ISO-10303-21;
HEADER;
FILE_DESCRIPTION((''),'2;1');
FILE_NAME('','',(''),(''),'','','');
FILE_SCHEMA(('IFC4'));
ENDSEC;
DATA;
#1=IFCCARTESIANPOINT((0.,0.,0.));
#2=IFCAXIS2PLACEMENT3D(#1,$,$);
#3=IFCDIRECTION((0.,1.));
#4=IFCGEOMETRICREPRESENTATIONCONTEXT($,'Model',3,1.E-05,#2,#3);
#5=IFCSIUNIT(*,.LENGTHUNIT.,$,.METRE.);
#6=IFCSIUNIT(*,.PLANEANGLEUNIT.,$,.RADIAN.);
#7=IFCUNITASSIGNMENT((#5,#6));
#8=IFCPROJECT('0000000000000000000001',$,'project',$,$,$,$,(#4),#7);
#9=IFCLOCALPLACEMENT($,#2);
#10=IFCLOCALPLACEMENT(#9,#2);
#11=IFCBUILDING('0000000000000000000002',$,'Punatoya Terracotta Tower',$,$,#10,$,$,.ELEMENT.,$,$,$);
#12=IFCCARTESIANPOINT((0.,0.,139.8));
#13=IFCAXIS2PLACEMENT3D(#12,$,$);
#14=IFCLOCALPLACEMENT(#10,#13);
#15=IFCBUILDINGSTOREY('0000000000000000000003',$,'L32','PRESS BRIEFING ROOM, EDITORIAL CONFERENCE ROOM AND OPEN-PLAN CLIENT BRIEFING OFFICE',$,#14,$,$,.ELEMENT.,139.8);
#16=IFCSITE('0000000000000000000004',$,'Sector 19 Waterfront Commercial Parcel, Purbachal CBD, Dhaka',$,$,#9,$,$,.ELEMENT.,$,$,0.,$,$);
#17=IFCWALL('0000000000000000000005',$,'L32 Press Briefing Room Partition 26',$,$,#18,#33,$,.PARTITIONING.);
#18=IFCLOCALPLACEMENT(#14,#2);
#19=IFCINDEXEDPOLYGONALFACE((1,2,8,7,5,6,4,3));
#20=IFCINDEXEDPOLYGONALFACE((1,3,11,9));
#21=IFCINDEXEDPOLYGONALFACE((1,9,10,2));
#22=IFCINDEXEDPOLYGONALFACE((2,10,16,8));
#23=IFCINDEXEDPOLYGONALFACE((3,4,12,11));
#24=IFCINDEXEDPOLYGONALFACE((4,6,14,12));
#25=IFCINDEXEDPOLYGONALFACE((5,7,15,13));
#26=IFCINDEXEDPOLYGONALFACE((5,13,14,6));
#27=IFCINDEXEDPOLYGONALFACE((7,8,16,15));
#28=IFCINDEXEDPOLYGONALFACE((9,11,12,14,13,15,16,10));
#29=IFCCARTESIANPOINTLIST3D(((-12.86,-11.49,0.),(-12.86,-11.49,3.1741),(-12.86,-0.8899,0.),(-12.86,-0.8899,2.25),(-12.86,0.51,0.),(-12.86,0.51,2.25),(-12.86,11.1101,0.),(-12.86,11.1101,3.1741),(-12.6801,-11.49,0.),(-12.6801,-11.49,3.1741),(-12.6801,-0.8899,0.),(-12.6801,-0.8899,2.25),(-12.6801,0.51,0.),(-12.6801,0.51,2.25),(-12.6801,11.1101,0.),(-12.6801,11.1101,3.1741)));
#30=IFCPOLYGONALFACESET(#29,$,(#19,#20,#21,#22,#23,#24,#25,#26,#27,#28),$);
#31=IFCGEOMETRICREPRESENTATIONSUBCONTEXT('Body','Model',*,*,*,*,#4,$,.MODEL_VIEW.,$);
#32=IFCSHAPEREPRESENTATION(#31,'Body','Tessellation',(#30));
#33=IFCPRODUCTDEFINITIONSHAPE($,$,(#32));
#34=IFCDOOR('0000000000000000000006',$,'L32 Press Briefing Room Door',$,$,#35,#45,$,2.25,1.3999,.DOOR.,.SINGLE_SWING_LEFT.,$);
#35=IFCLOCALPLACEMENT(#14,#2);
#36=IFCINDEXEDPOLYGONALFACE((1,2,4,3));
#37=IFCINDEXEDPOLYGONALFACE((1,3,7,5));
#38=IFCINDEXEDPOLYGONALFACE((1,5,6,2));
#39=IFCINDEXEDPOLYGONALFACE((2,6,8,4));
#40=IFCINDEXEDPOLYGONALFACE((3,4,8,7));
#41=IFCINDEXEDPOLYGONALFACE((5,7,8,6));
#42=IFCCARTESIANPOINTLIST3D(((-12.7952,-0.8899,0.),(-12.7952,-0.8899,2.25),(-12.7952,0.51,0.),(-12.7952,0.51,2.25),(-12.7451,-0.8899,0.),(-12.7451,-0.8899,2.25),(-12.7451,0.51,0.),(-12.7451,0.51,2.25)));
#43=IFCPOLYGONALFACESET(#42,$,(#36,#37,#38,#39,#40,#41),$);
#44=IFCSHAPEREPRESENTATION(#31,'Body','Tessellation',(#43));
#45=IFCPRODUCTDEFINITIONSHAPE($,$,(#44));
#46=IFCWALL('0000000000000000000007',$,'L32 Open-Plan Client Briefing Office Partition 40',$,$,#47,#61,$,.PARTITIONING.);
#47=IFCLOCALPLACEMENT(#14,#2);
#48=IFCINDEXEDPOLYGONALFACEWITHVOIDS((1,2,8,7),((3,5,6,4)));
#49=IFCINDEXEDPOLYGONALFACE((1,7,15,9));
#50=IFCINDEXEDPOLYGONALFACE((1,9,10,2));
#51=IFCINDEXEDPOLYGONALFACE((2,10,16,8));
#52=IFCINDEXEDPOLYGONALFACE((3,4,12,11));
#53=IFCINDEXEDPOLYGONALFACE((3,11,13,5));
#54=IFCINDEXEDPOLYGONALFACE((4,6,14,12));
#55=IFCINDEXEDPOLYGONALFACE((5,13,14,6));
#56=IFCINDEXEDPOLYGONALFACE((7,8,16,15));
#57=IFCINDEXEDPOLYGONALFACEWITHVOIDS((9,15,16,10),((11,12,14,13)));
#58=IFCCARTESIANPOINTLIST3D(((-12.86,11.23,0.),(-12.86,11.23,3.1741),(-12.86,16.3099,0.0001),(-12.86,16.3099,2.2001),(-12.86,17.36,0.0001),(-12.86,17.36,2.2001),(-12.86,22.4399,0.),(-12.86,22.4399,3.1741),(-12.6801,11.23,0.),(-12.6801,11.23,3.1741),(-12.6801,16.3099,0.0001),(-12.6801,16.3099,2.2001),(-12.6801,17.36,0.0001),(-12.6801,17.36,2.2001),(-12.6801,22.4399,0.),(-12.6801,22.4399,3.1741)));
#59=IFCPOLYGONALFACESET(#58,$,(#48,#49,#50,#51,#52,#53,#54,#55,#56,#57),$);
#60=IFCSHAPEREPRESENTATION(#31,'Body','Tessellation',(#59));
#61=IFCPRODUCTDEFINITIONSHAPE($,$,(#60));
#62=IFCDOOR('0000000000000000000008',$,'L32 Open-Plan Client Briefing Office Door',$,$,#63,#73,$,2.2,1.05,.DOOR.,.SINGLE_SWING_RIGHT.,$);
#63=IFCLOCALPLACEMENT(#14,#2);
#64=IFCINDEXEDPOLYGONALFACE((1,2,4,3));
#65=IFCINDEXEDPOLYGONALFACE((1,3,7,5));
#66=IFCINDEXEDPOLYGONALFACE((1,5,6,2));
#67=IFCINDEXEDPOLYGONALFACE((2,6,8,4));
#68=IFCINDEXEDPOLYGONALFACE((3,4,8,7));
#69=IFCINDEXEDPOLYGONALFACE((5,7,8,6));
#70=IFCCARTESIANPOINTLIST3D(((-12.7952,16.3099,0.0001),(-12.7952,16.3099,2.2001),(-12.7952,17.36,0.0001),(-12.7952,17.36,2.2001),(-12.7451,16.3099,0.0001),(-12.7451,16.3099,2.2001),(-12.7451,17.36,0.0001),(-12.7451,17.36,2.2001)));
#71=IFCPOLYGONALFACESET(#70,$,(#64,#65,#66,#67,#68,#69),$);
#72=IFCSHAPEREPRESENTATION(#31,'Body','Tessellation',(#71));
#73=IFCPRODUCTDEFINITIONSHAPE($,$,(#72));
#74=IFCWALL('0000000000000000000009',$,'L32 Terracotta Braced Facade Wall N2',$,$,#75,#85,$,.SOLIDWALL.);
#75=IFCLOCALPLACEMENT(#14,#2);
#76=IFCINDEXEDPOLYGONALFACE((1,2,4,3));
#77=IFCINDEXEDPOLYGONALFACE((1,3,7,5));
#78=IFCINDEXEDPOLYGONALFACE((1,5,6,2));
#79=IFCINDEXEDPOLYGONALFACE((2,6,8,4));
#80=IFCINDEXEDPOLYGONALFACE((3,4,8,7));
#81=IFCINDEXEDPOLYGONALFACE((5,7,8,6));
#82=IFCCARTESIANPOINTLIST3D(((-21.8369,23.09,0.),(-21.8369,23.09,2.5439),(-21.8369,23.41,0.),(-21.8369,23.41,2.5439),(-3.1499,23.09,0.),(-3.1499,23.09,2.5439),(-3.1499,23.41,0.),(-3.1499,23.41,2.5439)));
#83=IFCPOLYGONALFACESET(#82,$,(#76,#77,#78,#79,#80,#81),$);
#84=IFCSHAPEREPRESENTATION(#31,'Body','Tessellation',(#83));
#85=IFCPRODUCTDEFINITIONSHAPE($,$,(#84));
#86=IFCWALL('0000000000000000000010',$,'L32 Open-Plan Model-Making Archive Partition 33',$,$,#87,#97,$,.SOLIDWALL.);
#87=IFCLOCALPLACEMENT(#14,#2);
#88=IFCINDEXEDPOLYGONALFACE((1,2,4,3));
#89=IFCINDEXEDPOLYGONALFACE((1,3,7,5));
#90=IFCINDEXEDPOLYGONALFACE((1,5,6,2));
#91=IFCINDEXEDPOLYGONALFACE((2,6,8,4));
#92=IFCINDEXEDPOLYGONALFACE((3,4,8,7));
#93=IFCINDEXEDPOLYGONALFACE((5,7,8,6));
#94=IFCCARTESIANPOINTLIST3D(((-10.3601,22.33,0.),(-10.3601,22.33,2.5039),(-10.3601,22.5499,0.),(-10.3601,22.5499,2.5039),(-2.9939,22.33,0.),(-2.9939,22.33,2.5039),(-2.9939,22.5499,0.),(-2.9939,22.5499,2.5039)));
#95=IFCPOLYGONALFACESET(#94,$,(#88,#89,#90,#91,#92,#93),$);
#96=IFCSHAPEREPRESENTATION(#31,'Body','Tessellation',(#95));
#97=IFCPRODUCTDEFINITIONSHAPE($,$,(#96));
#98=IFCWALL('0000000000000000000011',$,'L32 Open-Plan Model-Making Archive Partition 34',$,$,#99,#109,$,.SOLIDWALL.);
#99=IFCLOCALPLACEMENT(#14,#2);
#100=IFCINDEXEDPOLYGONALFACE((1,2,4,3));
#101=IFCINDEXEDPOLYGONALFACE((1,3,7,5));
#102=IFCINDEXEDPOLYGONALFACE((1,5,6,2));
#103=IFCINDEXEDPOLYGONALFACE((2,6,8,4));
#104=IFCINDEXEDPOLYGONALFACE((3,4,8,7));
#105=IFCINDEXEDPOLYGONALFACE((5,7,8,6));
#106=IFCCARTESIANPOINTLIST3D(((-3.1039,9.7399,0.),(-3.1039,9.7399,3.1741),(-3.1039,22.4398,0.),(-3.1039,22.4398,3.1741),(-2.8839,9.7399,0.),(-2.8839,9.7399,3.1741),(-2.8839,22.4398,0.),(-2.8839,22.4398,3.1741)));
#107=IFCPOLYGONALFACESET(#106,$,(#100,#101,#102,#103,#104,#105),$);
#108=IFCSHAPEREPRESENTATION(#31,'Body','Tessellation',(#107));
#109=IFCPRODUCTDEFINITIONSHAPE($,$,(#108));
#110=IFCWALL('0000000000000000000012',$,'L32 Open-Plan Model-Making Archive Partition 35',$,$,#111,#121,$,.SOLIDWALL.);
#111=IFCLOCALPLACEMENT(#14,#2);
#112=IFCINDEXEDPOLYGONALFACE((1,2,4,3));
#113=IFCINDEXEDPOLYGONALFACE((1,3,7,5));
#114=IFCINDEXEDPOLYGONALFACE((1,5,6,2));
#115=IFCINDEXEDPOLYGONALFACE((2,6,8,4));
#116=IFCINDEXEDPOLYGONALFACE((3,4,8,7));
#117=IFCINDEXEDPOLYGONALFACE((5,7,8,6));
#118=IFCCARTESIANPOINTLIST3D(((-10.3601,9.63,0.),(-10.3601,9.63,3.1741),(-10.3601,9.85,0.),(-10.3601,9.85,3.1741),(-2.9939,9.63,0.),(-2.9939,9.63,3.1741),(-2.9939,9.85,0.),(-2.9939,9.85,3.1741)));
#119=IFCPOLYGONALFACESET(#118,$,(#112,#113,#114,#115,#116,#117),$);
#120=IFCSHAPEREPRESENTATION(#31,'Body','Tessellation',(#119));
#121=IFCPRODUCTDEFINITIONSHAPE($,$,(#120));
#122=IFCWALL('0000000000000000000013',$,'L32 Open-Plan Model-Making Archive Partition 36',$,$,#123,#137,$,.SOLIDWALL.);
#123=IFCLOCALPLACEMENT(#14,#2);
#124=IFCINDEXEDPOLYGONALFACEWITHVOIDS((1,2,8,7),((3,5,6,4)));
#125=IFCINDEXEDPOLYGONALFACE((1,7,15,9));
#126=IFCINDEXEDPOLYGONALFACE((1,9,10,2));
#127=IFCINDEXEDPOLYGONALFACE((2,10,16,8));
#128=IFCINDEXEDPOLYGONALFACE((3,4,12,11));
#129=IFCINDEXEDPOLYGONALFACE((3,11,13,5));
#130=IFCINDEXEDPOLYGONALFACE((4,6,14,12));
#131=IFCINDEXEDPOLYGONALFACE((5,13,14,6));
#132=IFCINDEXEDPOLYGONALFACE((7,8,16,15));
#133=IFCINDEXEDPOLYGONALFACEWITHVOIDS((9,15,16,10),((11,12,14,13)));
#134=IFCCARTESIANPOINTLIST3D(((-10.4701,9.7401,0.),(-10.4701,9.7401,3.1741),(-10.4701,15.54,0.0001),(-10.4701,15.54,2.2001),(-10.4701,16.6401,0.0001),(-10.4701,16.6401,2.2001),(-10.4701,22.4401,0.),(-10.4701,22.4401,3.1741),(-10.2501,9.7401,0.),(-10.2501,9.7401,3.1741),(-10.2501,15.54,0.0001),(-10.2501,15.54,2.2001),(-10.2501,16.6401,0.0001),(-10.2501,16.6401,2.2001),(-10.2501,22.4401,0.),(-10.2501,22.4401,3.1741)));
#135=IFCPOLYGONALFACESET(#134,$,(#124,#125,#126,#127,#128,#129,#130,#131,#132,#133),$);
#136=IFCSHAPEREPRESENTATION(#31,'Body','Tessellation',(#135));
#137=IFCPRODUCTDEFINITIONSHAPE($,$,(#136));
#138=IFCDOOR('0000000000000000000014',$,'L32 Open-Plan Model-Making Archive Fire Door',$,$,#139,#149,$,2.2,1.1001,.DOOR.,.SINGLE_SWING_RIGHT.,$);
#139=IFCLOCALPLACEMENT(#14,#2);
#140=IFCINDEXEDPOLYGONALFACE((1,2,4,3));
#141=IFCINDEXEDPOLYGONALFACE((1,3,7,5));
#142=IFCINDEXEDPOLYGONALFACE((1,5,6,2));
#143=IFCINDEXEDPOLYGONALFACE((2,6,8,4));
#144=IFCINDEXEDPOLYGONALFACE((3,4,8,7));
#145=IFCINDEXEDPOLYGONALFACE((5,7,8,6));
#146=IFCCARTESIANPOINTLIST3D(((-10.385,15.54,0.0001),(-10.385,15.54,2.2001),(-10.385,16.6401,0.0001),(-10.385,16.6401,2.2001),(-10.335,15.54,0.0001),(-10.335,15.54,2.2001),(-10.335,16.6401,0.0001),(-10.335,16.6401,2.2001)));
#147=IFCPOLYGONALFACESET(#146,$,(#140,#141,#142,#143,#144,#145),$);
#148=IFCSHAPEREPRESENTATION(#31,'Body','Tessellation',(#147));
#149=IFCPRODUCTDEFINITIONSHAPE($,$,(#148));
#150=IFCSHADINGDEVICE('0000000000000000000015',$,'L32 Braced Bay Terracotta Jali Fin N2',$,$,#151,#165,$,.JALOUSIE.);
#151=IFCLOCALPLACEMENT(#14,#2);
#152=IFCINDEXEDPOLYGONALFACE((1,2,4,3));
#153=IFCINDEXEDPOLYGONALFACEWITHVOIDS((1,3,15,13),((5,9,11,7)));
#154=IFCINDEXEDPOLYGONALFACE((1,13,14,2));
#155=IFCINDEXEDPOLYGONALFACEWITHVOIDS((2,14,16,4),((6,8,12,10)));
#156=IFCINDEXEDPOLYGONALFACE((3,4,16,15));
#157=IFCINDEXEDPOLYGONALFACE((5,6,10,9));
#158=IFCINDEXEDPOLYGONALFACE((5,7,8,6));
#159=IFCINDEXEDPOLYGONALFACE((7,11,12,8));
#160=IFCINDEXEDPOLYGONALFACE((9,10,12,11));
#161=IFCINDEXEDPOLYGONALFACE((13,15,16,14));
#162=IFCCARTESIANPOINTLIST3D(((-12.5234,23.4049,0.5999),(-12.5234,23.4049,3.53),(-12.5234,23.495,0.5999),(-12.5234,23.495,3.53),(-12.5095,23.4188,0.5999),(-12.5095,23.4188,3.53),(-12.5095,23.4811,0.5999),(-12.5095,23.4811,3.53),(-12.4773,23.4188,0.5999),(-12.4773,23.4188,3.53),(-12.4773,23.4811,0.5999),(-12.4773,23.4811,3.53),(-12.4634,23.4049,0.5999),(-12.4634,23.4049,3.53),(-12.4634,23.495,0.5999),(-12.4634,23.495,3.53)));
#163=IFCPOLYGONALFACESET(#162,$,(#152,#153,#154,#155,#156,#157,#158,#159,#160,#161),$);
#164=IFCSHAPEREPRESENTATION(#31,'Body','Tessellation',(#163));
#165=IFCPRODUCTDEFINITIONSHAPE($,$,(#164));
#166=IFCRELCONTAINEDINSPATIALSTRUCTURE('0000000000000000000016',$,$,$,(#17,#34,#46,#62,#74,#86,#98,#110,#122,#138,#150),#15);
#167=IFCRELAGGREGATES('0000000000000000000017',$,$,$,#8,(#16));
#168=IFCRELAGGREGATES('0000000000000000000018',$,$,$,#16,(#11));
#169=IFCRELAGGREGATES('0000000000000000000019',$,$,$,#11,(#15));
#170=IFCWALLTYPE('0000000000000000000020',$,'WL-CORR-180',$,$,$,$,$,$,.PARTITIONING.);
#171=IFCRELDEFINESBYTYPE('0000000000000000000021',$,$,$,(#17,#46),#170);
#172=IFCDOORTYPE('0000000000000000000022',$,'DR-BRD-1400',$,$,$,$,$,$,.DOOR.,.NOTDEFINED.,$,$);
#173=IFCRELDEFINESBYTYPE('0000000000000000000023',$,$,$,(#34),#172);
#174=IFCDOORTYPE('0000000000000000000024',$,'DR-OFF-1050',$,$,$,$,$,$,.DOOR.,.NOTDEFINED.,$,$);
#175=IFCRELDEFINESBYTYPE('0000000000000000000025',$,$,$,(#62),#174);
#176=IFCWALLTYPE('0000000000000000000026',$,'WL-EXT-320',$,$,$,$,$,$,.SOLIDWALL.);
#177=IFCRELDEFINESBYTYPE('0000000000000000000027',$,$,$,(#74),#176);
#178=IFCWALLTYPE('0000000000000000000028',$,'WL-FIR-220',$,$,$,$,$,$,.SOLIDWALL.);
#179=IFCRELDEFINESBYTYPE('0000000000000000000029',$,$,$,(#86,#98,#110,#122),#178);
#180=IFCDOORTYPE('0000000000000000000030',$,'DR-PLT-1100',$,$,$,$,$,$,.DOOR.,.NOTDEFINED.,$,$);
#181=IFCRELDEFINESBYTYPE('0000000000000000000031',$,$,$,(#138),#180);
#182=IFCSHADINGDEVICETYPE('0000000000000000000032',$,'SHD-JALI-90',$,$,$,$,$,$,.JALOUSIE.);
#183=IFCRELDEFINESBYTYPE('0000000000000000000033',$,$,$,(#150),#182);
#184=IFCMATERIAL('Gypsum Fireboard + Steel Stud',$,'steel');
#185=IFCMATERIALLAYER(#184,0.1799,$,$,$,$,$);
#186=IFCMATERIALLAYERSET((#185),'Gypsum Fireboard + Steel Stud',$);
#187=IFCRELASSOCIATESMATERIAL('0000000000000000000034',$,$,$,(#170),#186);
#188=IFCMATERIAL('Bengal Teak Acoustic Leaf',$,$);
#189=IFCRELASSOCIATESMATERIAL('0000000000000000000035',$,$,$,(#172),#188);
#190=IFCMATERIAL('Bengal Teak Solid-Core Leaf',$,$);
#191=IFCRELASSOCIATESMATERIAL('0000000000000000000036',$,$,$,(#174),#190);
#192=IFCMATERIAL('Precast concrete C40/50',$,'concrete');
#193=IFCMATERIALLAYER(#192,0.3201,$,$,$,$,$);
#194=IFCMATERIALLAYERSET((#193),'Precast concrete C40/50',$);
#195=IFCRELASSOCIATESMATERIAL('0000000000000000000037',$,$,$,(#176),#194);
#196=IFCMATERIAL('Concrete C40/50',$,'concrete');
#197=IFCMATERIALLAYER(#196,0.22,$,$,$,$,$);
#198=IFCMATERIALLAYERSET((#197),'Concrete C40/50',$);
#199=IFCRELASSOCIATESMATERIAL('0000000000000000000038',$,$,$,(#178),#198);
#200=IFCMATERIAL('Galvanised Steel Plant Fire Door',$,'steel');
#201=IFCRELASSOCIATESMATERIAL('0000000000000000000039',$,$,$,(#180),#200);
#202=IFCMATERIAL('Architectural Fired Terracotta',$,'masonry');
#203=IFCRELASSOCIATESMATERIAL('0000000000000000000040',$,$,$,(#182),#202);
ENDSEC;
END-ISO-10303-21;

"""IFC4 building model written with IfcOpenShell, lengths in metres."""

from ifc_helpers import new_model, si_unit, direction, frame, frame_2d, origin, origin_2d, place, context, subcontext, project, spatial, rectangle, hollow_rectangle, extrude, material, layer, layer_set, material_profile, profile_set, type_object, element, fill, save


model = new_model("IFC4")

# Units and contexts
model_context = context("Model", 3, precision=1e-05, world=origin(), true_north=direction((0.0, 1.0)))
body_context = subcontext(model_context, "Body", "Model", "MODEL_VIEW")
ifc_project = project(units=[si_unit("LENGTHUNIT", "METRE"), si_unit("PLANEANGLEUNIT", "RADIAN")], contexts=[model_context])

# Site, building, storey
site_placement = place(None, origin())
site = spatial("IfcSite", under=ifc_project, at=site_placement, Name="Sector 19 Waterfront Commercial Parcel, Purbachal CBD, Dhaka", CompositionType="ELEMENT", RefElevation=0.0)
building_placement = place(site_placement, origin())
building = spatial("IfcBuilding", under=site, at=building_placement, Name="Punatoya Terracotta Tower", CompositionType="ELEMENT")
storey_placement = place(building_placement, frame((0.0, 0.0, 139.8)))
storey = spatial("IfcBuildingStorey", under=building, at=storey_placement, Name="L32", Description="PRESS BRIEFING ROOM, EDITORIAL CONFERENCE ROOM AND OPEN-PLAN CLIENT BRIEFING OFFICE", CompositionType="ELEMENT", Elevation=139.8)

# Walls, openings, doors
ifc_material_1 = material(Name="Gypsum Fireboard + Steel Stud", Category="steel")
ifc_layer_1 = layer(ifc_material_1, 0.1799)
ifc_layer_set_1 = layer_set([ifc_layer_1], Name="Gypsum Fireboard + Steel Stud")
wall_type_1 = type_object("IfcWallType", Name="WL-CORR-180", PredefinedType="PARTITIONING", material=ifc_layer_set_1)
wall_1_placement = place(storey_placement, frame((-12.77, 11.1101, 0.0), z_axis=(0.0, 0.0, 1.0), x_axis=(0.0, -1.0, 0.0)))
wall_1 = element("IfcWall", 1, at=wall_1_placement, inside=storey, type_object=wall_type_1, Name="L32 Press Briefing Room Partition 26", PredefinedType="PARTITIONING", context=body_context, shape_type="SweptSolid", body=[
    extrude(rectangle(XDim=22.6001, YDim=0.1799, at=frame_2d((11.3, 0.0))), origin(), (0.0, 0.0, 1.0), 3.1741),
])
opening_1_placement = place(wall_1_placement, frame((10.6001, 0.0, 0.0)))
opening_1 = element("IfcOpeningElement", 2, at=opening_1_placement, cuts=wall_1, PredefinedType="OPENING", context=body_context, shape_type="SweptSolid", body=[
    extrude(rectangle(XDim=1.3999, YDim=2.25, at=frame_2d((0.7, 1.125))), frame((0.0, 0.0999, 0.0), z_axis=(0.0, -1.0, 0.0), x_axis=(1.0, 0.0, 0.0)), (0.0, 0.0, 1.0), 0.2),
])
ifc_material_2 = material(Name="Bengal Teak Acoustic Leaf")
door_type_1 = type_object("IfcDoorType", Name="DR-BRD-1400", OperationType="NOTDEFINED", PredefinedType="DOOR", material=ifc_material_2)
door_1_placement = place(opening_1_placement, origin())
door_1 = element("IfcDoor", 3, at=door_1_placement, inside=storey, type_object=door_type_1, Name="L32 Press Briefing Room Door", OperationType="SINGLE_SWING_LEFT", OverallHeight=2.25, OverallWidth=1.3999, PredefinedType="DOOR", context=body_context, shape_type="SweptSolid", body=[
    extrude(rectangle(XDim=1.3999, YDim=2.25, at=frame_2d((0.7, 1.125))), frame((0.0, 0.0249, 0.0), z_axis=(0.0, -1.0, 0.0), x_axis=(1.0, 0.0, 0.0)), (0.0, 0.0, 1.0), 0.05),
])
fill(opening_1, door_1)
wall_2_placement = place(storey_placement, frame((-12.77, 22.4399, 0.0), z_axis=(0.0, 0.0, 1.0), x_axis=(0.0, -1.0, 0.0)))
wall_2 = element("IfcWall", 4, at=wall_2_placement, inside=storey, type_object=wall_type_1, Name="L32 Open-Plan Client Briefing Office Partition 40", PredefinedType="PARTITIONING", context=body_context, shape_type="SweptSolid", body=[
    extrude(rectangle(XDim=11.21, YDim=0.1799, at=frame_2d((5.605, 0.0))), origin(), (0.0, 0.0, 1.0), 3.1741),
])
opening_2_placement = place(wall_2_placement, frame((5.0801, 0.0, 0.0)))
opening_2 = element("IfcOpeningElement", 5, at=opening_2_placement, cuts=wall_2, PredefinedType="OPENING", context=body_context, shape_type="SweptSolid", body=[
    extrude(rectangle(XDim=1.05, YDim=2.2, at=frame_2d((0.5249, 1.1001))), frame((0.0, 0.0999, 0.0), z_axis=(0.0, -1.0, 0.0), x_axis=(1.0, 0.0, 0.0)), (0.0, 0.0, 1.0), 0.2),
])
ifc_material_3 = material(Name="Bengal Teak Solid-Core Leaf")
door_type_2 = type_object("IfcDoorType", Name="DR-OFF-1050", OperationType="NOTDEFINED", PredefinedType="DOOR", material=ifc_material_3)
door_2_placement = place(opening_2_placement, origin())
door_2 = element("IfcDoor", 6, at=door_2_placement, inside=storey, type_object=door_type_2, Name="L32 Open-Plan Client Briefing Office Door", OperationType="SINGLE_SWING_RIGHT", OverallHeight=2.2, OverallWidth=1.05, PredefinedType="DOOR", context=body_context, shape_type="SweptSolid", body=[
    extrude(rectangle(XDim=1.05, YDim=2.2, at=frame_2d((0.5249, 1.1001))), frame((0.0, 0.0249, 0.0), z_axis=(0.0, -1.0, 0.0), x_axis=(1.0, 0.0, 0.0)), (0.0, 0.0, 1.0), 0.05),
])
fill(opening_2, door_2)

# Walls
ifc_material_4 = material(Name="Precast concrete C40/50", Category="concrete")
ifc_layer_2 = layer(ifc_material_4, 0.3201)
ifc_layer_set_2 = layer_set([ifc_layer_2], Name="Precast concrete C40/50")
wall_type_2 = type_object("IfcWallType", Name="WL-EXT-320", PredefinedType="SOLIDWALL", material=ifc_layer_set_2)
wall_3_placement = place(storey_placement, frame((-3.1499, 23.25, 0.0), z_axis=(0.0, 0.0, 1.0), x_axis=(-1.0, 0.0, 0.0)))
element("IfcWall", 7, at=wall_3_placement, inside=storey, type_object=wall_type_2, Name="L32 Terracotta Braced Facade Wall N2", PredefinedType="SOLIDWALL", context=body_context, shape_type="SweptSolid", body=[
    extrude(rectangle(XDim=18.687, YDim=0.3201, at=frame_2d((9.3435, 0.0))), origin(), (0.0, 0.0, 1.0), 2.5439),
])
ifc_material_5 = material(Name="Concrete C40/50", Category="concrete")
ifc_layer_3 = layer(ifc_material_5, 0.22)
ifc_layer_set_3 = layer_set([ifc_layer_3], Name="Concrete C40/50")
wall_type_3 = type_object("IfcWallType", Name="WL-FIR-220", PredefinedType="SOLIDWALL", material=ifc_layer_set_3)
wall_4_placement = place(storey_placement, frame((-10.3601, 22.4399, 0.0), z_axis=(0.0, 0.0, 1.0), x_axis=(1.0, 0.0, 0.0)))
element("IfcWall", 8, at=wall_4_placement, inside=storey, type_object=wall_type_3, Name="L32 Open-Plan Model-Making Archive Partition 33", PredefinedType="SOLIDWALL", context=body_context, shape_type="SweptSolid", body=[
    extrude(rectangle(XDim=7.3662, YDim=0.22, at=frame_2d((3.6831, 0.0))), origin(), (0.0, 0.0, 1.0), 2.5039),
])
wall_5_placement = place(storey_placement, frame((-2.9939, 22.4399, 0.0), z_axis=(0.0, 0.0, 1.0), x_axis=(0.0, -1.0, 0.0)))
element("IfcWall", 9, at=wall_5_placement, inside=storey, type_object=wall_type_3, Name="L32 Open-Plan Model-Making Archive Partition 34", PredefinedType="SOLIDWALL", context=body_context, shape_type="SweptSolid", body=[
    extrude(rectangle(XDim=12.7, YDim=0.22, at=frame_2d((6.3501, 0.0))), origin(), (0.0, 0.0, 1.0), 3.1741),
])
wall_6_placement = place(storey_placement, frame((-2.9939, 9.74, 0.0), z_axis=(0.0, 0.0, 1.0), x_axis=(-1.0, 0.0, 0.0)))
element("IfcWall", 10, at=wall_6_placement, inside=storey, type_object=wall_type_3, Name="L32 Open-Plan Model-Making Archive Partition 35", PredefinedType="SOLIDWALL", context=body_context, shape_type="SweptSolid", body=[
    extrude(rectangle(XDim=7.3662, YDim=0.22, at=frame_2d((3.6831, 0.0))), origin(), (0.0, 0.0, 1.0), 3.1741),
])

# Wall, opening, door
wall_7_placement = place(storey_placement, frame((-10.3601, 9.74, 0.0), z_axis=(0.0, 0.0, 1.0), x_axis=(0.0, 1.0, 0.0)))
wall_7 = element("IfcWall", 11, at=wall_7_placement, inside=storey, type_object=wall_type_3, Name="L32 Open-Plan Model-Making Archive Partition 36", PredefinedType="SOLIDWALL", context=body_context, shape_type="SweptSolid", body=[
    extrude(rectangle(XDim=12.7, YDim=0.22, at=frame_2d((6.3501, 0.0))), origin(), (0.0, 0.0, 1.0), 3.1741),
])
opening_3_placement = place(wall_7_placement, frame((5.8, 0.0, 0.0)))
opening_3 = element("IfcOpeningElement", 12, at=opening_3_placement, cuts=wall_7, PredefinedType="OPENING", context=body_context, shape_type="SweptSolid", body=[
    extrude(rectangle(XDim=1.1001, YDim=2.2, at=frame_2d((0.55, 1.1001))), frame((0.0, 0.1199, 0.0), z_axis=(0.0, -1.0, 0.0), x_axis=(1.0, 0.0, 0.0)), (0.0, 0.0, 1.0), 0.24),
])
ifc_material_6 = material(Name="Galvanised Steel Plant Fire Door", Category="steel")
door_type_3 = type_object("IfcDoorType", Name="DR-PLT-1100", OperationType="NOTDEFINED", PredefinedType="DOOR", material=ifc_material_6)
door_3_placement = place(opening_3_placement, origin())
door_3 = element("IfcDoor", 13, at=door_3_placement, inside=storey, type_object=door_type_3, Name="L32 Open-Plan Model-Making Archive Fire Door", OperationType="SINGLE_SWING_RIGHT", OverallHeight=2.2, OverallWidth=1.1001, PredefinedType="DOOR", context=body_context, shape_type="SweptSolid", body=[
    extrude(rectangle(XDim=1.1001, YDim=2.2, at=frame_2d((0.55, 1.1001))), frame((0.0, 0.0249, 0.0), z_axis=(0.0, -1.0, 0.0), x_axis=(1.0, 0.0, 0.0)), (0.0, 0.0, 1.0), 0.05),
])
fill(opening_3, door_3)

# Shading device
ifc_material_7 = material(Name="Architectural Fired Terracotta", Category="masonry")
ifc_material_profile_1 = material_profile(ifc_material_7, hollow_rectangle(XDim=0.0601, YDim=0.0901, WallThickness=0.0139, at=origin_2d()))
ifc_profile_set_1 = profile_set([ifc_material_profile_1], Name="Architectural Fired Terracotta")
shading_device_type = type_object("IfcShadingDeviceType", Name="SHD-JALI-90", PredefinedType="JALOUSIE", material=ifc_profile_set_1)
shading_device_placement = place(storey_placement, frame((-12.4934, 23.45, 0.5999), z_axis=(0.0, 0.0, 1.0), x_axis=(1.0, 0.0, 0.0)))
element("IfcShadingDevice", 14, at=shading_device_placement, inside=storey, type_object=shading_device_type, Name="L32 Braced Bay Terracotta Jali Fin N2", PredefinedType="JALOUSIE", context=body_context, shape_type="SweptSolid", body=[
    extrude(hollow_rectangle(XDim=0.0601, YDim=0.0901, WallThickness=0.0139, at=origin_2d()), origin(), (0.0, 0.0, 1.0), 2.9302),
])

save(model, "model.ifc")
